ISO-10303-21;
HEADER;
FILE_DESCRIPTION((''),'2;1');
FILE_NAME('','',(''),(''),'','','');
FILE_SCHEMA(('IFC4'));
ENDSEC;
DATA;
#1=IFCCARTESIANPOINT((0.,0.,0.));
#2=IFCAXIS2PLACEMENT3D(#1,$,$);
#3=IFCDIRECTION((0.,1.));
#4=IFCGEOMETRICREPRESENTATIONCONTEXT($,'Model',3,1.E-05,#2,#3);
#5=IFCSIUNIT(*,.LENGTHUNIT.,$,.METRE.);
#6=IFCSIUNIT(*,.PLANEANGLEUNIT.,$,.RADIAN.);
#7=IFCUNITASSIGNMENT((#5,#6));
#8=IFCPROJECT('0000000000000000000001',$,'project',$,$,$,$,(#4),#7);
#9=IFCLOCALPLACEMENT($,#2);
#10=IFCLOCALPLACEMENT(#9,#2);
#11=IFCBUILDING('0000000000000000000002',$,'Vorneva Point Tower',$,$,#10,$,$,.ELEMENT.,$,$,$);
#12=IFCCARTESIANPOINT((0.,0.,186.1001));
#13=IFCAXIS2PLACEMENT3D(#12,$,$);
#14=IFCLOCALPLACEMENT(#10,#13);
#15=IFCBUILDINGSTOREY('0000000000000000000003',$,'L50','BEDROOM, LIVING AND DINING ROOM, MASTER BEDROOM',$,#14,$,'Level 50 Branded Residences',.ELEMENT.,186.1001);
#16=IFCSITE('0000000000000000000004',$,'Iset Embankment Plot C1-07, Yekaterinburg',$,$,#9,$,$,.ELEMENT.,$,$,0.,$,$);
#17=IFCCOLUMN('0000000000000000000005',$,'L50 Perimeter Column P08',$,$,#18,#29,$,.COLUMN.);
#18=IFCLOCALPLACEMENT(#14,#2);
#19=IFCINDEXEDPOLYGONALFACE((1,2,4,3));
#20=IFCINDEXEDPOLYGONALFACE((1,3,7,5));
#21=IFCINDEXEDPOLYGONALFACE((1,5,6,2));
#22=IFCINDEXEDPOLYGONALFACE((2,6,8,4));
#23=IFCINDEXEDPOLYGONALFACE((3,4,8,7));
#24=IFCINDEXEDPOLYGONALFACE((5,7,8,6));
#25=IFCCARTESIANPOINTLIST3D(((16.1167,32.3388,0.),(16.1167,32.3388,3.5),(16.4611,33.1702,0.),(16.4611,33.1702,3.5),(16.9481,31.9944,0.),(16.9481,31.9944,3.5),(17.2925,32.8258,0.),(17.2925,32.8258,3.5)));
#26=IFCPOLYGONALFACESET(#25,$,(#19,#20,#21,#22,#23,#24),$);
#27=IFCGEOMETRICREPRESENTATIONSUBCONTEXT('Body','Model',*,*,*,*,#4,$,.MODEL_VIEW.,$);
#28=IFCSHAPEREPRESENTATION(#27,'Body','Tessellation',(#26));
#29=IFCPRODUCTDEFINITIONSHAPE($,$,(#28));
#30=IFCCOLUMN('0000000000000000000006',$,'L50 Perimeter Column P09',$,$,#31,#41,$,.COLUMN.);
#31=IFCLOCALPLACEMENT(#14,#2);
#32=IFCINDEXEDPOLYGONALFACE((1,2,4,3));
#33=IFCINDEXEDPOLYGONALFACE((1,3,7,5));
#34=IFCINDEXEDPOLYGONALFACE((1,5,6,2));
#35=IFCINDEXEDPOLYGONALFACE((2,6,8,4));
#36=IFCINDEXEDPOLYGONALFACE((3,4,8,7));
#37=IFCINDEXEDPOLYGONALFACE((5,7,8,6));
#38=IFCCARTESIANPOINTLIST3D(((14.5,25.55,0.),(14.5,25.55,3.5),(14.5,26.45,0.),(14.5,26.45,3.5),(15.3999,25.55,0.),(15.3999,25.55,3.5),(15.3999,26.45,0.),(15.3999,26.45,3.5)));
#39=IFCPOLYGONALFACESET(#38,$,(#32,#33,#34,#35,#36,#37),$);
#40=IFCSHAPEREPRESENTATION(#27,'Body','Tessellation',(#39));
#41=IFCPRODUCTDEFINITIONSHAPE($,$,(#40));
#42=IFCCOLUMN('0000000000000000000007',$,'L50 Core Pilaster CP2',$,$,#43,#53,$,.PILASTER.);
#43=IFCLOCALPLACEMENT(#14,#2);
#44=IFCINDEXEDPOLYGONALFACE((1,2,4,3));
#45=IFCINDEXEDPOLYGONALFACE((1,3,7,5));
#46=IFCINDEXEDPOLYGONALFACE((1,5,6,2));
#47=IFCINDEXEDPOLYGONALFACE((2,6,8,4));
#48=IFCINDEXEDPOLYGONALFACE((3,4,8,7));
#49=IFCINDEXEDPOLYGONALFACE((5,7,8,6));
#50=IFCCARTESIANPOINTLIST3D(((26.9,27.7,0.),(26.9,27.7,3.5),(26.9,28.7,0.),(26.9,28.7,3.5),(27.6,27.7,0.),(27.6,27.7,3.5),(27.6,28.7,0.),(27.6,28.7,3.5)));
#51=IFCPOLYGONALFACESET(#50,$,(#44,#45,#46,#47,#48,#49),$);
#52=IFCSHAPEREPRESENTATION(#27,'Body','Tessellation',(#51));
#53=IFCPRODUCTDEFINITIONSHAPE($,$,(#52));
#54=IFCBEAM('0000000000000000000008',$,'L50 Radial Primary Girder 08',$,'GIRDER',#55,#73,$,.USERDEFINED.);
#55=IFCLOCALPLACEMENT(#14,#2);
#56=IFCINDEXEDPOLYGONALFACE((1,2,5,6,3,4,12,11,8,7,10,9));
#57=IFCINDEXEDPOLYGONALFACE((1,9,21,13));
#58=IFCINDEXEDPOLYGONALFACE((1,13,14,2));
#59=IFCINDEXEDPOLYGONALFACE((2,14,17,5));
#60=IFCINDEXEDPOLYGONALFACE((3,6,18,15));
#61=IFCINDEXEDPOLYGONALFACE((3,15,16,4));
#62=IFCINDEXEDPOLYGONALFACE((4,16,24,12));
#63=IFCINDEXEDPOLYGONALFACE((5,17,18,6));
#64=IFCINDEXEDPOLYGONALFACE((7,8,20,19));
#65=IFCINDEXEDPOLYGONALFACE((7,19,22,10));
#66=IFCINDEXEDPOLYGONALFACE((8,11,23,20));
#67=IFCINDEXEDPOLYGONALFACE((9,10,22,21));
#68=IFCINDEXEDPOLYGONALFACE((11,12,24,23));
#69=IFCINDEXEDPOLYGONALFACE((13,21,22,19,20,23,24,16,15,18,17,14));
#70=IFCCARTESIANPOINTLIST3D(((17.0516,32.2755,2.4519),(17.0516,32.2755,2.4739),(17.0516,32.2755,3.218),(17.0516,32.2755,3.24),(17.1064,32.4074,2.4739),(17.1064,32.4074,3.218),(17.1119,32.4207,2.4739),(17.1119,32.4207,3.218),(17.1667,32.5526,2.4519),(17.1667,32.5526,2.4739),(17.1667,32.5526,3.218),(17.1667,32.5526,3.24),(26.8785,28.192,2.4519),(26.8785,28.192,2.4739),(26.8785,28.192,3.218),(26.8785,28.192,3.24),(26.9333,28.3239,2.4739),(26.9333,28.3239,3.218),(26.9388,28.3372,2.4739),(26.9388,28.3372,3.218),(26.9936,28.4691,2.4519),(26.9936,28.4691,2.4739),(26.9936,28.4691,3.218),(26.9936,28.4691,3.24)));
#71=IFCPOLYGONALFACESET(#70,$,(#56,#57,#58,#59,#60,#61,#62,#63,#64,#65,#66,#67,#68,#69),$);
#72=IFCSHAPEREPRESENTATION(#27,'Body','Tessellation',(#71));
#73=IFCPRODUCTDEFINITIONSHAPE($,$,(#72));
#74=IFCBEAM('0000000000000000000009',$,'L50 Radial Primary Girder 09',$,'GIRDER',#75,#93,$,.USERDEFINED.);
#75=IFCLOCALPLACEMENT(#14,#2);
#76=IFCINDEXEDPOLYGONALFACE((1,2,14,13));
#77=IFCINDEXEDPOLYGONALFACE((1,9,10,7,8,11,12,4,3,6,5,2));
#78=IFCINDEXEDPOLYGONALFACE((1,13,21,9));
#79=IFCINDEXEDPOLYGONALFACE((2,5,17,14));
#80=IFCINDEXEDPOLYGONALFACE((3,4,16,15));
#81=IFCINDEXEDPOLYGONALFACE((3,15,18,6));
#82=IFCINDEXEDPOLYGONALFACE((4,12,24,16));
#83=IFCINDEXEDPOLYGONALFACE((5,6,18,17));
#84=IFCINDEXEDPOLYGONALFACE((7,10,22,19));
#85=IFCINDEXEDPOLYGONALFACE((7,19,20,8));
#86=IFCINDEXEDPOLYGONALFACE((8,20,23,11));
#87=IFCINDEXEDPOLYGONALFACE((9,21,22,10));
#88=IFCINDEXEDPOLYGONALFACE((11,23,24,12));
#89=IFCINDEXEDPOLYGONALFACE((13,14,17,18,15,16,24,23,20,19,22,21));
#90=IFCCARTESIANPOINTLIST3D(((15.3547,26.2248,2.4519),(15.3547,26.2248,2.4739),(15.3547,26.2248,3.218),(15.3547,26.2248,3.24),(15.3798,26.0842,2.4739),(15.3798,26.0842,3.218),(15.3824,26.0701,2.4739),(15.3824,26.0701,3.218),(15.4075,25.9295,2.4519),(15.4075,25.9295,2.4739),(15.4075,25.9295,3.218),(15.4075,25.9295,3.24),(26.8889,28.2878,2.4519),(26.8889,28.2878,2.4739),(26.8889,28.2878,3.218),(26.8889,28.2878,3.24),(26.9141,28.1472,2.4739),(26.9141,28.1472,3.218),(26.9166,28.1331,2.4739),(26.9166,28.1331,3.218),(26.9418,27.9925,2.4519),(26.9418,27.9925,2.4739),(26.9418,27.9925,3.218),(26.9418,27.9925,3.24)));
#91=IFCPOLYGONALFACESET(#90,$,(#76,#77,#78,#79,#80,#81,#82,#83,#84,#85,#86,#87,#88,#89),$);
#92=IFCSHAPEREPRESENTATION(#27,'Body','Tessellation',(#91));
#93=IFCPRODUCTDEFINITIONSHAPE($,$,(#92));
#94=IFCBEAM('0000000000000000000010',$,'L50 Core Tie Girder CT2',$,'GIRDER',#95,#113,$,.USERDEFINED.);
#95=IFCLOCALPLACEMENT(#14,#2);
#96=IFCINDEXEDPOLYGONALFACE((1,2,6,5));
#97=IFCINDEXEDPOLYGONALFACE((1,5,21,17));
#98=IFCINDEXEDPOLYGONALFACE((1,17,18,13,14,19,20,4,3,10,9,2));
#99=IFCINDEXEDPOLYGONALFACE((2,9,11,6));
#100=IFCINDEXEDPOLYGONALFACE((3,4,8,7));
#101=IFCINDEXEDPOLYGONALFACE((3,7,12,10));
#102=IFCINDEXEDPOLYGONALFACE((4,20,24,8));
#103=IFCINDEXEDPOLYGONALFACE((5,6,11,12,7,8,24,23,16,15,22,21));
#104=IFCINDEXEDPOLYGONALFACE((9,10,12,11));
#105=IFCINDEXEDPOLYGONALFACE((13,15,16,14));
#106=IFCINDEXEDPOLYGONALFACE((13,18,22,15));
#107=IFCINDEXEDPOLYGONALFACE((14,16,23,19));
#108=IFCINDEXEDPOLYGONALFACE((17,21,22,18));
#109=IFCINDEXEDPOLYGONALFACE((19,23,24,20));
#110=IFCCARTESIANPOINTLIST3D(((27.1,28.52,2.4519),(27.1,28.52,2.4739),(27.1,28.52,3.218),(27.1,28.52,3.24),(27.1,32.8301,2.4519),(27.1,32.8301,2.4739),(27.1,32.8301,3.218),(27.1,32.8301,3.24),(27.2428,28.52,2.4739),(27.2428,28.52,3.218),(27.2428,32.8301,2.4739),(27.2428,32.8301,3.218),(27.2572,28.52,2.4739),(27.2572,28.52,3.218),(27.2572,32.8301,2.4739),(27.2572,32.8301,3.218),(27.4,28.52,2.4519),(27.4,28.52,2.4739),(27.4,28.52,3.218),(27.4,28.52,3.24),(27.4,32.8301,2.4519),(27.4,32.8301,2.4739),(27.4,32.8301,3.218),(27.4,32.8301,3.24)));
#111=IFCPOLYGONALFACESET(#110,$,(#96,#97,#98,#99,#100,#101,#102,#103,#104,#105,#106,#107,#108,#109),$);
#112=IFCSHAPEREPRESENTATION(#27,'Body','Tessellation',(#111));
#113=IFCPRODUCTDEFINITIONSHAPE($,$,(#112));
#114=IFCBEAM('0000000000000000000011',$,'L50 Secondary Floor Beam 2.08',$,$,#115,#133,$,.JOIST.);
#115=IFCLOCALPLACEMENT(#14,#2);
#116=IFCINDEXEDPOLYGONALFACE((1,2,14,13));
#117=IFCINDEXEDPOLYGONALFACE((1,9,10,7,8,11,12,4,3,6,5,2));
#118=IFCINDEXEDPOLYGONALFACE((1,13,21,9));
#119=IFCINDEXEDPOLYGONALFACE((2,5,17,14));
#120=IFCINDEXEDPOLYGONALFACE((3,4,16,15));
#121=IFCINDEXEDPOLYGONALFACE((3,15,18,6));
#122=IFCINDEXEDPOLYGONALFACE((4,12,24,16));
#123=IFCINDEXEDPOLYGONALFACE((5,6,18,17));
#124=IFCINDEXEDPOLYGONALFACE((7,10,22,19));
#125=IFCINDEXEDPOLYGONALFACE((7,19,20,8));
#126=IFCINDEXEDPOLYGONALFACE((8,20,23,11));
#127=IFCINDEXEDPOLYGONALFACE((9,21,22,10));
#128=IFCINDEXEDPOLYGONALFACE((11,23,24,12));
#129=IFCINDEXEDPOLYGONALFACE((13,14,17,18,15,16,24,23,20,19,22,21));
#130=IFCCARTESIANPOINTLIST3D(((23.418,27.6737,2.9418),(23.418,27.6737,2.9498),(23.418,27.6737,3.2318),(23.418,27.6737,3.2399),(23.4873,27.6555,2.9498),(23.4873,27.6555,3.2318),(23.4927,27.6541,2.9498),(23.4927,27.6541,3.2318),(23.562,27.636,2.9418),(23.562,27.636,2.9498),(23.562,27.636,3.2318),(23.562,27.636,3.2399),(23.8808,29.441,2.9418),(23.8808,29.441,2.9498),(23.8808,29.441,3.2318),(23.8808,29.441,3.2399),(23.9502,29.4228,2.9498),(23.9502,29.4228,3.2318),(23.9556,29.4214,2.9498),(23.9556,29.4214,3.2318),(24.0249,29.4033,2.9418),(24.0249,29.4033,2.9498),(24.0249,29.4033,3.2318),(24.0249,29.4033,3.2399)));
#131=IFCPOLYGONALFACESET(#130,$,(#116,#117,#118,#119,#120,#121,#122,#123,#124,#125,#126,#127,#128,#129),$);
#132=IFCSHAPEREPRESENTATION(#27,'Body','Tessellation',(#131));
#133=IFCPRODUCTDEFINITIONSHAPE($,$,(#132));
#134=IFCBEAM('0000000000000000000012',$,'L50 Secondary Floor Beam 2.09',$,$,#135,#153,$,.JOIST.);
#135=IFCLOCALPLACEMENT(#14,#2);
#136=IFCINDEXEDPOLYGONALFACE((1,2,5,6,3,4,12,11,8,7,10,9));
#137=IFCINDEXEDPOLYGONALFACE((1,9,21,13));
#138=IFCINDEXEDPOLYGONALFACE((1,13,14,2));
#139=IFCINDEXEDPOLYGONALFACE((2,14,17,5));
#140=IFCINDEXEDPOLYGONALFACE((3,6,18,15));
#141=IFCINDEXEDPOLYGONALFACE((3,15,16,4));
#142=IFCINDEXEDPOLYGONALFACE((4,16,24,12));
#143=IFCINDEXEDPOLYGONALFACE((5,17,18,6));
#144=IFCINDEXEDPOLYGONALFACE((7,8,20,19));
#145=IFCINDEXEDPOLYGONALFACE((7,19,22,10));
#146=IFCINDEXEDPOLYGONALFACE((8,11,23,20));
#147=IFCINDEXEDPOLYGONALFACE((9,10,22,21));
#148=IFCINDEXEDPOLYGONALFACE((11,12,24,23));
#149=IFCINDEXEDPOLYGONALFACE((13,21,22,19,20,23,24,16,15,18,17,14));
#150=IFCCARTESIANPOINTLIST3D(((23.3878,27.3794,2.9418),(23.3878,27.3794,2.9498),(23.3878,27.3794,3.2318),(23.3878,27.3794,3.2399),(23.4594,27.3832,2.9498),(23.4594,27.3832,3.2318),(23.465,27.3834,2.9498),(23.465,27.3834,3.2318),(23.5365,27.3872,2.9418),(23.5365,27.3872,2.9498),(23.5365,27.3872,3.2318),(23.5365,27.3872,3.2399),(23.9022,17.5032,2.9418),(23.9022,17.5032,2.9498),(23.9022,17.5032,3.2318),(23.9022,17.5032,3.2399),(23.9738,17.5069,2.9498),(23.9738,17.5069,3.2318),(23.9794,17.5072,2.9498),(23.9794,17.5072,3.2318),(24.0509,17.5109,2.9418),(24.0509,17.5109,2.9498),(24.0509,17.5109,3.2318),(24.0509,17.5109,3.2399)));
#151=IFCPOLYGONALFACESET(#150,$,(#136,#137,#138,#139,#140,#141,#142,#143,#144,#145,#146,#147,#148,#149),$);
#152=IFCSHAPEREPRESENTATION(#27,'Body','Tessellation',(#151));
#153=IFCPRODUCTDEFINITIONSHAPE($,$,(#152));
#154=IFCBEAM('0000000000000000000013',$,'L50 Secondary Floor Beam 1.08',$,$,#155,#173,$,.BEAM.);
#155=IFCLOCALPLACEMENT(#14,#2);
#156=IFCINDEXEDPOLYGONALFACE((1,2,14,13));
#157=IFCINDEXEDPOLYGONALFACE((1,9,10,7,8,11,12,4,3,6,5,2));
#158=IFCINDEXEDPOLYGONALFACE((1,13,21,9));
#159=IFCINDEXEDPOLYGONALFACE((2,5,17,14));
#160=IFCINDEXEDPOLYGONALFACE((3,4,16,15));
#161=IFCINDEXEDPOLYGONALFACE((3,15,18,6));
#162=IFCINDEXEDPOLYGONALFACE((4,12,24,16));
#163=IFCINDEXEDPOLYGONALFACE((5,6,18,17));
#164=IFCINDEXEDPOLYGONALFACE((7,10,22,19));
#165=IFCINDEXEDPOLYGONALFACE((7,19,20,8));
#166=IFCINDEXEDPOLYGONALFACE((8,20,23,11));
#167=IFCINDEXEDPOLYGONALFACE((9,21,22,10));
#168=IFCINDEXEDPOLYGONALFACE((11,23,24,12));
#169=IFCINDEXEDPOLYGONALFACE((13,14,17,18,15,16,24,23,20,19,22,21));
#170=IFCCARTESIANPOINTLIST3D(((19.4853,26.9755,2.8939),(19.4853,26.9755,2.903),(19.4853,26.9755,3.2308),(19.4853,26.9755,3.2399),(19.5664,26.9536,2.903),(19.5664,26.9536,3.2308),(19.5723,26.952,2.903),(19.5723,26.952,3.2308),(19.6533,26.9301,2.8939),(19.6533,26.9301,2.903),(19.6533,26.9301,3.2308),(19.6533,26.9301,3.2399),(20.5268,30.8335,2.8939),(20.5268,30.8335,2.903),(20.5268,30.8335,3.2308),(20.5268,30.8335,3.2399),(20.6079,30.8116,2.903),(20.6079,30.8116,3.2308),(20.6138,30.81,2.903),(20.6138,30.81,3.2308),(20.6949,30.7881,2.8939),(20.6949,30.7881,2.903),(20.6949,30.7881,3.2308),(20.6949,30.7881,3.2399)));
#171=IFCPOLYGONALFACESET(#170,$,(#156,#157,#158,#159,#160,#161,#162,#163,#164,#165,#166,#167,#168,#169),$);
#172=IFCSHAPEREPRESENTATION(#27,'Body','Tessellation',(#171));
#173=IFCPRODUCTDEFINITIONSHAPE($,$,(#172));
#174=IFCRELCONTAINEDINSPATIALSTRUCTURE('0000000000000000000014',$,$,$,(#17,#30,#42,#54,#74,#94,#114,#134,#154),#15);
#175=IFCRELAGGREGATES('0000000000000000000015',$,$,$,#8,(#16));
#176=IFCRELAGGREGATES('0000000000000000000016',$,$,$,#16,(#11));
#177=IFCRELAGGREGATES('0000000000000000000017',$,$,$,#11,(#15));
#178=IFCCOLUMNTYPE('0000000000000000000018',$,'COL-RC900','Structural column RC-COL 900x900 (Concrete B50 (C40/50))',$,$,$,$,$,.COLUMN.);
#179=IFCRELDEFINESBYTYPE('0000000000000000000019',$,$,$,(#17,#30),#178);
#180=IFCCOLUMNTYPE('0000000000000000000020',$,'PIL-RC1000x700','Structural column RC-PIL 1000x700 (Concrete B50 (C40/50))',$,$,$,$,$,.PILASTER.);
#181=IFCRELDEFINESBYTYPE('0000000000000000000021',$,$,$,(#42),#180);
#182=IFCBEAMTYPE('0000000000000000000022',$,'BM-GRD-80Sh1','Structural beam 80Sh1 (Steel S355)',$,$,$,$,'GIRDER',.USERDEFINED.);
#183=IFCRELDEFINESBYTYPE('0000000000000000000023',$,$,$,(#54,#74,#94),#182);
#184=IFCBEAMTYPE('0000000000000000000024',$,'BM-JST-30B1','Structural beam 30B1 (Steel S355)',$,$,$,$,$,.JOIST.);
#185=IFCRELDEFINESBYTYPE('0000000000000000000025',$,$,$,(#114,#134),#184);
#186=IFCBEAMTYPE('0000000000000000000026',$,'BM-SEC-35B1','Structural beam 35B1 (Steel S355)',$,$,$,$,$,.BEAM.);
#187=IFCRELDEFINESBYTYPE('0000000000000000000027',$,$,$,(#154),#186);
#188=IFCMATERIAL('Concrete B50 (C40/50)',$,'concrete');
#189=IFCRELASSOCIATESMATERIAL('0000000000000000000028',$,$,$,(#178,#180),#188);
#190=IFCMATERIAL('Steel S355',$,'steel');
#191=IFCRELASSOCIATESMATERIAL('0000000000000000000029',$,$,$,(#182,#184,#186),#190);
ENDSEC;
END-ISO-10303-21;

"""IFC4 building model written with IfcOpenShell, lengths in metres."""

from ifc_helpers import new_model, si_unit, direction, frame, origin, origin_2d, place, context, subcontext, project, spatial, rectangle, i_section, extrude, material, material_profile, profile_set, type_object, element, save


model = new_model("IFC4")

# Units and contexts
model_context = context("Model", 3, precision=1e-05, world=origin(), true_north=direction((0.0, 1.0)))
body_context = subcontext(model_context, "Body", "Model", "MODEL_VIEW")
ifc_project = project(units=[si_unit("LENGTHUNIT", "METRE"), si_unit("PLANEANGLEUNIT", "RADIAN")], contexts=[model_context])

# Site, building, storey
site_placement = place(None, origin())
site = spatial("IfcSite", under=ifc_project, at=site_placement, Name="Iset Embankment Plot C1-07, Yekaterinburg", CompositionType="ELEMENT", RefElevation=0.0)
building_placement = place(site_placement, origin())
building = spatial("IfcBuilding", under=site, at=building_placement, Name="Vorneva Point Tower", CompositionType="ELEMENT")
storey_placement = place(building_placement, frame((0.0, 0.0, 186.1001)))
storey = spatial("IfcBuildingStorey", under=building, at=storey_placement, Name="L50", Description="BEDROOM, LIVING AND DINING ROOM, MASTER BEDROOM", LongName="Level 50 Branded Residences", CompositionType="ELEMENT", Elevation=186.1001)

# Columns
ifc_material_1 = material(Name="Concrete B50 (C40/50)", Category="concrete")
ifc_material_profile_1 = material_profile(ifc_material_1, rectangle(XDim=0.8999, YDim=0.8999, at=origin_2d()), Name="RC-COL 900x900")
ifc_profile_set_1 = profile_set([ifc_material_profile_1], Name="Concrete B50 (C40/50)")
column_type_1 = type_object("IfcColumnType", Name="COL-RC900", Description="Structural column RC-COL 900x900 (Concrete B50 (C40/50))", PredefinedType="COLUMN", material=ifc_profile_set_1)
for number, where, z_axis, x_axis, name in (
    (1, (16.7046, 32.5823, 0.0), (0.0, 0.0, 1.0), (-0.92388, 0.382683, 0.0), "L50 Perimeter Column P08"),
    (2, (14.95, 26.0, 0.0), (0.0, 0.0, 1.0), (-1.0, 0.0, 0.0), "L50 Perimeter Column P09"),
):
    element("IfcColumn", number, at=place(storey_placement, frame(where, z_axis=z_axis, x_axis=x_axis)), inside=storey, type_object=column_type_1, Name=name, PredefinedType="COLUMN", context=body_context, shape_type="SweptSolid", body=[
        extrude(rectangle(XDim=0.8999, YDim=0.8999, at=origin_2d()), origin(), (0.0, 0.0, 1.0), 3.5),
    ])
ifc_material_profile_2 = material_profile(ifc_material_1, rectangle(XDim=0.7, YDim=1.0, at=origin_2d()), Name="RC-PIL 1000x700")
ifc_profile_set_2 = profile_set([ifc_material_profile_2], Name="Concrete B50 (C40/50)")
column_type_2 = type_object("IfcColumnType", Name="PIL-RC1000x700", Description="Structural column RC-PIL 1000x700 (Concrete B50 (C40/50))", PredefinedType="PILASTER", material=ifc_profile_set_2)
column_placement = place(storey_placement, frame((27.25, 28.2, 0.0), z_axis=(0.0, 0.0, 1.0), x_axis=(1.0, 0.0, 0.0)))
element("IfcColumn", 3, at=column_placement, inside=storey, type_object=column_type_2, Name="L50 Core Pilaster CP2", PredefinedType="PILASTER", context=body_context, shape_type="SweptSolid", body=[
    extrude(rectangle(XDim=0.7, YDim=1.0, at=origin_2d()), origin(), (0.0, 0.0, 1.0), 3.5),
])

# Beams
ifc_material_2 = material(Name="Steel S355", Category="steel")
ifc_material_profile_3 = material_profile(ifc_material_2, i_section(OverallWidth=0.3, OverallDepth=0.7881, WebThickness=0.0144, FlangeThickness=0.022, at=origin_2d()), Name="80Sh1")
ifc_profile_set_3 = profile_set([ifc_material_profile_3], Name="Steel S355")
beam_type_1 = type_object("IfcBeamType", Name="BM-GRD-80Sh1", Description="Structural beam 80Sh1 (Steel S355)", ElementType="GIRDER", PredefinedType="USERDEFINED", material=ifc_profile_set_3)
beam_1_placement = place(storey_placement, frame((17.1091, 32.4141, 2.8459), z_axis=(0.923445, -0.383731, 0.0), x_axis=(0.383731, 0.923445, 0.0)))
element("IfcBeam", 4, at=beam_1_placement, inside=storey, type_object=beam_type_1, Name="L50 Radial Primary Girder 08", ObjectType="GIRDER", PredefinedType="USERDEFINED", context=body_context, shape_type="SweptSolid", body=[
    extrude(i_section(OverallWidth=0.3, OverallDepth=0.7881, WebThickness=0.0144, FlangeThickness=0.022, at=origin_2d()), origin(), (0.0, 0.0, 1.0), 10.6416),
])
beam_2_placement = place(storey_placement, frame((15.3811, 26.0771, 2.8459), z_axis=(0.984379, 0.176065, 0.0), x_axis=(-0.176065, 0.984379, 0.0)))
element("IfcBeam", 5, at=beam_2_placement, inside=storey, type_object=beam_type_1, Name="L50 Radial Primary Girder 09", ObjectType="GIRDER", PredefinedType="USERDEFINED", context=body_context, shape_type="SweptSolid", body=[
    extrude(i_section(OverallWidth=0.3, OverallDepth=0.7881, WebThickness=0.0144, FlangeThickness=0.022, at=origin_2d()), origin(), (0.0, 0.0, 1.0), 11.7173),
])
beam_3_placement = place(storey_placement, frame((27.25, 28.52, 2.8459), z_axis=(0.0, 1.0, 0.0), x_axis=(-1.0, 0.0, 0.0)))
element("IfcBeam", 6, at=beam_3_placement, inside=storey, type_object=beam_type_1, Name="L50 Core Tie Girder CT2", ObjectType="GIRDER", PredefinedType="USERDEFINED", context=body_context, shape_type="SweptSolid", body=[
    extrude(i_section(OverallWidth=0.3, OverallDepth=0.7881, WebThickness=0.0144, FlangeThickness=0.022, at=origin_2d()), origin(), (0.0, 0.0, 1.0), 4.3101),
])
ifc_material_profile_4 = material_profile(ifc_material_2, i_section(OverallWidth=0.1489, OverallDepth=0.2981, WebThickness=0.0056, FlangeThickness=0.0081, at=origin_2d()), Name="30B1")
ifc_profile_set_4 = profile_set([ifc_material_profile_4], Name="Steel S355")
beam_type_2 = type_object("IfcBeamType", Name="BM-JST-30B1", Description="Structural beam 30B1 (Steel S355)", PredefinedType="JOIST", material=ifc_profile_set_4)
beam_4_placement = place(storey_placement, frame((23.9529, 29.4221, 3.0908), z_axis=(-0.253368, -0.96737, 0.0), x_axis=(0.96737, -0.253368, 0.0)))
element("IfcBeam", 7, at=beam_4_placement, inside=storey, type_object=beam_type_2, Name="L50 Secondary Floor Beam 2.08", PredefinedType="JOIST", context=body_context, shape_type="SweptSolid", body=[
    extrude(i_section(OverallWidth=0.1489, OverallDepth=0.2981, WebThickness=0.0056, FlangeThickness=0.0081, at=origin_2d()), origin(), (0.0, 0.0, 1.0), 1.8269),
])
beam_5_placement = place(storey_placement, frame((23.4622, 27.3833, 3.0908), z_axis=(0.052015, -0.998646, 0.0), x_axis=(0.998646, 0.052015, 0.0)))
element("IfcBeam", 8, at=beam_5_placement, inside=storey, type_object=beam_type_2, Name="L50 Secondary Floor Beam 2.09", PredefinedType="JOIST", context=body_context, shape_type="SweptSolid", body=[
    extrude(i_section(OverallWidth=0.1489, OverallDepth=0.2981, WebThickness=0.0056, FlangeThickness=0.0081, at=origin_2d()), origin(), (0.0, 0.0, 1.0), 9.8896),
])
ifc_material_profile_5 = material_profile(ifc_material_2, i_section(OverallWidth=0.1741, OverallDepth=0.3459, WebThickness=0.0061, FlangeThickness=0.009, at=origin_2d()), Name="35B1")
ifc_profile_set_5 = profile_set([ifc_material_profile_5], Name="Steel S355")
beam_type_3 = type_object("IfcBeamType", Name="BM-SEC-35B1", Description="Structural beam 35B1 (Steel S355)", PredefinedType="BEAM", material=ifc_profile_set_5)
beam_6_placement = place(storey_placement, frame((20.6108, 30.8108, 3.0669), z_axis=(-0.260635, -0.965437, 0.0), x_axis=(0.965437, -0.260635, 0.0)))
element("IfcBeam", 9, at=beam_6_placement, inside=storey, type_object=beam_type_3, Name="L50 Secondary Floor Beam 1.08", PredefinedType="BEAM", context=body_context, shape_type="SweptSolid", body=[
    extrude(i_section(OverallWidth=0.1741, OverallDepth=0.3459, WebThickness=0.0061, FlangeThickness=0.009, at=origin_2d()), origin(), (0.0, 0.0, 1.0), 3.9961),
])

save(model, "model.ifc")
